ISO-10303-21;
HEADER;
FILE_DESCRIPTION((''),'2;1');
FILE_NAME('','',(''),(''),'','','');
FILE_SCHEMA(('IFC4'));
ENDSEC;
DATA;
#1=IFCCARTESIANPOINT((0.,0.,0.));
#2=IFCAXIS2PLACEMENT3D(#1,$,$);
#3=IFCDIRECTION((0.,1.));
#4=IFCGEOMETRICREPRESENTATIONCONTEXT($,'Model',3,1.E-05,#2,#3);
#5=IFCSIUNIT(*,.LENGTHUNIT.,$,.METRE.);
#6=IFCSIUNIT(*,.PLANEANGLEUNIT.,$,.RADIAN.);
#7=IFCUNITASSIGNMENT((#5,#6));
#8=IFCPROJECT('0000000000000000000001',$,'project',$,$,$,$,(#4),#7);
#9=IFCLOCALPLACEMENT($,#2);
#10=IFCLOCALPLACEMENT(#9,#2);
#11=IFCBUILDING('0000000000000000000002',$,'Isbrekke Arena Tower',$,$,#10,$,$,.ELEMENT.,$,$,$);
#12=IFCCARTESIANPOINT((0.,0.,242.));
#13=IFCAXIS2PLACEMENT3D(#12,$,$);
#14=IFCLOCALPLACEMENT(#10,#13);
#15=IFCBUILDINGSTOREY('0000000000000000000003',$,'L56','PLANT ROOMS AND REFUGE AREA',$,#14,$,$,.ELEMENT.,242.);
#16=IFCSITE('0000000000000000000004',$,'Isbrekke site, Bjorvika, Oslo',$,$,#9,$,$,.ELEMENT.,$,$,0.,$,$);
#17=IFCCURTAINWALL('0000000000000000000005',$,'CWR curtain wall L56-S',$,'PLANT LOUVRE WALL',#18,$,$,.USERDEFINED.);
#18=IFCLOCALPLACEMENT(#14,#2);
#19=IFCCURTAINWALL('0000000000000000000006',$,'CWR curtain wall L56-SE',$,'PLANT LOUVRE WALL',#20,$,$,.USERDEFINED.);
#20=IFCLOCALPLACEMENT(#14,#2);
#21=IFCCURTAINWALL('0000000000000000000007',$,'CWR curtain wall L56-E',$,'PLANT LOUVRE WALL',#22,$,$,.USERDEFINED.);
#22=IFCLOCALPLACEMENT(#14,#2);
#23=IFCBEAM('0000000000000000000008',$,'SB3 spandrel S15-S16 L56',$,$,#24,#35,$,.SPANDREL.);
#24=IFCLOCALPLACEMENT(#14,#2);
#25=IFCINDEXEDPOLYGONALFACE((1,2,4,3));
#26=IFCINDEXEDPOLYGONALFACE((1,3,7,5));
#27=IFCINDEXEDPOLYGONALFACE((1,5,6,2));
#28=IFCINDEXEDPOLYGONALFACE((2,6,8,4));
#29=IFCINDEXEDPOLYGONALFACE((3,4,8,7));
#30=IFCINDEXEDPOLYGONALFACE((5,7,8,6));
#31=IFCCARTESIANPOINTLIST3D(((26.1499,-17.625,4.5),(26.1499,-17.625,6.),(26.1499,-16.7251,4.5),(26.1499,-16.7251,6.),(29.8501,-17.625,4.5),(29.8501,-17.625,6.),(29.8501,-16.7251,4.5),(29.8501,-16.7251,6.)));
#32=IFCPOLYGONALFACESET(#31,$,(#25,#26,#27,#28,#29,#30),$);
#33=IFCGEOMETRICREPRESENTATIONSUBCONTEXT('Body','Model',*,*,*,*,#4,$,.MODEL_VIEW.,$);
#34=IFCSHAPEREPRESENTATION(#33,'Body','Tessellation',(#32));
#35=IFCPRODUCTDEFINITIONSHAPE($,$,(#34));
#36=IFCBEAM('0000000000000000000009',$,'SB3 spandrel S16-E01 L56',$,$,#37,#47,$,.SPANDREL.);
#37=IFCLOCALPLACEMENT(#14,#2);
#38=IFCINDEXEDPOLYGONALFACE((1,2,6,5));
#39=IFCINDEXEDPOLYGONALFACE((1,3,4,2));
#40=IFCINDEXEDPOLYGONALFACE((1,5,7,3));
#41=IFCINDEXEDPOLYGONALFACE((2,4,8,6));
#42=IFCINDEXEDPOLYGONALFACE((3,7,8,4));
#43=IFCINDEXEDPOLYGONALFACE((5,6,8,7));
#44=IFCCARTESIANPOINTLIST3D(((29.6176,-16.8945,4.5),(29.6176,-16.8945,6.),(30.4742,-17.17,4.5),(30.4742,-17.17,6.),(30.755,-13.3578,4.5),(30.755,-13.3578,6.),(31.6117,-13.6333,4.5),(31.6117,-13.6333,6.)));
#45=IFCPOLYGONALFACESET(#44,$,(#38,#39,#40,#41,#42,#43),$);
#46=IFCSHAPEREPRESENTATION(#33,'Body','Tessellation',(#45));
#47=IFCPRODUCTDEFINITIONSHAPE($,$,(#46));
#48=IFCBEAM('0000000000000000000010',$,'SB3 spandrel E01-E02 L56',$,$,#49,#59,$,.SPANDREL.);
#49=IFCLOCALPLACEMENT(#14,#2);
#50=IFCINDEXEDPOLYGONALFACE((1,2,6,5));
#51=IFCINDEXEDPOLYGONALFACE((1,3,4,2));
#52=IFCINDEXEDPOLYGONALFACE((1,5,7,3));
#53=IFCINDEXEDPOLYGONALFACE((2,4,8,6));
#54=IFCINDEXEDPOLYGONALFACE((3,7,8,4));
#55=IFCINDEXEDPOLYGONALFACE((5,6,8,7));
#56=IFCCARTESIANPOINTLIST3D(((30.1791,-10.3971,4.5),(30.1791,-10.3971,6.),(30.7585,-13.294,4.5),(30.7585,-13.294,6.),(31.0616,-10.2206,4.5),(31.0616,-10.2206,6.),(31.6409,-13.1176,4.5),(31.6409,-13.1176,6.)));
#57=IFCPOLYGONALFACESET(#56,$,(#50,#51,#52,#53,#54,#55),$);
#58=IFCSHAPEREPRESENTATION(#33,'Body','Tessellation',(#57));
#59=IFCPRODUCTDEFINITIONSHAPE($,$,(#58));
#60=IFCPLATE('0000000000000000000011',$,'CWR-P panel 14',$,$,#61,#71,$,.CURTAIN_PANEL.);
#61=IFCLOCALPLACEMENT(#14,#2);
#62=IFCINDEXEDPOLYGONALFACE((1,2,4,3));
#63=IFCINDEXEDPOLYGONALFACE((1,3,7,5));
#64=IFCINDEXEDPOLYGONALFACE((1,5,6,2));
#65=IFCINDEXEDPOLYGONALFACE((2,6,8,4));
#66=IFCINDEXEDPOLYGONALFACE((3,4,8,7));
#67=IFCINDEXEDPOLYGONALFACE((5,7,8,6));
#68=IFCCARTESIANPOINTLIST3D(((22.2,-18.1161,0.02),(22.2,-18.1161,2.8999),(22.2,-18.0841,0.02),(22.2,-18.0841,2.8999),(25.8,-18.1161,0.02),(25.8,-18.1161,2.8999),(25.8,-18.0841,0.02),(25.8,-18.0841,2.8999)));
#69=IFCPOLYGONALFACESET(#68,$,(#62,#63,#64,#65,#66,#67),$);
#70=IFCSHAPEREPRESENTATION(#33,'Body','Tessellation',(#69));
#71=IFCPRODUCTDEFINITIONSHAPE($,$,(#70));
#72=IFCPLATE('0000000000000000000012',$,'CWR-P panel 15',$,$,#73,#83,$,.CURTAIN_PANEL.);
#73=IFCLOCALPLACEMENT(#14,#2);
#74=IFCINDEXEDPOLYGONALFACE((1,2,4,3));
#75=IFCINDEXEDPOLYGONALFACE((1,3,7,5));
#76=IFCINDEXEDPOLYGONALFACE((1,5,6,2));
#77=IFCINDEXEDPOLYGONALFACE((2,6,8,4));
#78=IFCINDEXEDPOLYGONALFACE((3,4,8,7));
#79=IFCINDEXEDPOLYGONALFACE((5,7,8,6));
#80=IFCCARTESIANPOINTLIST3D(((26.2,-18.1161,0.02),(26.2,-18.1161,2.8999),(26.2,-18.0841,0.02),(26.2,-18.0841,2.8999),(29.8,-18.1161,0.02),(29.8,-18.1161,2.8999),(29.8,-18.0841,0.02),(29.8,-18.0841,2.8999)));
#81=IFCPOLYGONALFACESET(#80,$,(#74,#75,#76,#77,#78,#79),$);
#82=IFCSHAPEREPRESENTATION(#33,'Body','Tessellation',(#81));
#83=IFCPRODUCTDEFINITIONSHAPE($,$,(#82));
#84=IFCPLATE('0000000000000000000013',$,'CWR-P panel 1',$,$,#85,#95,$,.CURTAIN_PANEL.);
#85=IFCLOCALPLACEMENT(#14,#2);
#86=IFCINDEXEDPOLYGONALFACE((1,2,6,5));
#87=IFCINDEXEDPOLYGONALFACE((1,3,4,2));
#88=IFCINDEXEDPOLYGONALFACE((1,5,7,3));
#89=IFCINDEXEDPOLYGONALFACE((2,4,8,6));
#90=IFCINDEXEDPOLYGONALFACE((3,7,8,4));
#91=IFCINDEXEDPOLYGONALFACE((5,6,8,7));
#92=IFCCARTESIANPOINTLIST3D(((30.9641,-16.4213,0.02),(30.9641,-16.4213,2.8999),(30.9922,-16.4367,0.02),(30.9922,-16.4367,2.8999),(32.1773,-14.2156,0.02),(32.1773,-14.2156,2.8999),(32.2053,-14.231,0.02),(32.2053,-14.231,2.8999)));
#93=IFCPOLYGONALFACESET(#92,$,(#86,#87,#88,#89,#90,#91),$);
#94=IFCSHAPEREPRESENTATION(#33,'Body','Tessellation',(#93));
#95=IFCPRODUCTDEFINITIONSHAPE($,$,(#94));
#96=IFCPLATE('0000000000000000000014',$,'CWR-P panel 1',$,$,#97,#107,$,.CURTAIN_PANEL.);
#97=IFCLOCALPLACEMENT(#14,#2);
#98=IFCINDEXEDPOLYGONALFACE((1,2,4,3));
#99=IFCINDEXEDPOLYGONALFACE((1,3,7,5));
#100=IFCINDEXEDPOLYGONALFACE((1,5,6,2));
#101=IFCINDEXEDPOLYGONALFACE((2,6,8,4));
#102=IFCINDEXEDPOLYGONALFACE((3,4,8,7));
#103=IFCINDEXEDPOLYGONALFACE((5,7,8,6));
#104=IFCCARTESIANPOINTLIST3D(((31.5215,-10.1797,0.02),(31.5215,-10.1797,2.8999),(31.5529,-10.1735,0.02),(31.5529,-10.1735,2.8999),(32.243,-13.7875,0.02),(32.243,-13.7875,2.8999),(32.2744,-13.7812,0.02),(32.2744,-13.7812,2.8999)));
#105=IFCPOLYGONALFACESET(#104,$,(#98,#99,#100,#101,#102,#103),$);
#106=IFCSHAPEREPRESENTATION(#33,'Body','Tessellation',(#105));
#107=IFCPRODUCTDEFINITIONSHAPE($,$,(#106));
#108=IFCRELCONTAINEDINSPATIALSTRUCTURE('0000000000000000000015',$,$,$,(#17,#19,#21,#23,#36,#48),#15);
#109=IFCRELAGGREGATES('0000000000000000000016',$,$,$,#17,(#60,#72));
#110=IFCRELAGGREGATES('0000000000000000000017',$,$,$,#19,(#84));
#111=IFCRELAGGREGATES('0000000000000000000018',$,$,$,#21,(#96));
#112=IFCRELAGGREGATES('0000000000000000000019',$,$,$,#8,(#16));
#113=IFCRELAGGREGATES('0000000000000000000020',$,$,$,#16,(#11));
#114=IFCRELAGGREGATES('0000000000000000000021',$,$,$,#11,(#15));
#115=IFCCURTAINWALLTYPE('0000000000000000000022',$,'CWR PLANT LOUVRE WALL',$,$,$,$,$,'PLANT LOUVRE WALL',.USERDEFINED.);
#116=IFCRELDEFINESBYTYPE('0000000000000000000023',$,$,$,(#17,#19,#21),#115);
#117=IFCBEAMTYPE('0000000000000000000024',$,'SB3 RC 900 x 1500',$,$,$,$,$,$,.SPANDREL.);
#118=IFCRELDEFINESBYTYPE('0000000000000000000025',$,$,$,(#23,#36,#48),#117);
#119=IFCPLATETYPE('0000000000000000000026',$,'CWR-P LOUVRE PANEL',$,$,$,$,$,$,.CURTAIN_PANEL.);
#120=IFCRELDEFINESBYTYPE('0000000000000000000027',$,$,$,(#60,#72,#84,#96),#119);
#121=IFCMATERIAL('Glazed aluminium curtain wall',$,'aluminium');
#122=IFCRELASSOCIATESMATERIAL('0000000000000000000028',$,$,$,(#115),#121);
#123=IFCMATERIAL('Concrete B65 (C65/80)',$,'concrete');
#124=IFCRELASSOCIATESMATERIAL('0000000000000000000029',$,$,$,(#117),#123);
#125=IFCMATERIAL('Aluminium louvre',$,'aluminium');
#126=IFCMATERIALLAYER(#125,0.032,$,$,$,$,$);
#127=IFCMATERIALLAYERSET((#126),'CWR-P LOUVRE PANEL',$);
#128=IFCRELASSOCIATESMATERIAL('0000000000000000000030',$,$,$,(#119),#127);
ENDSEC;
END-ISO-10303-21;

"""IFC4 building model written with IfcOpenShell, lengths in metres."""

from ifc_helpers import new_model, si_unit, direction, frame, origin, origin_2d, place, context, subcontext, project, spatial, rectangle, extrude, material, layer, layer_set, material_profile, profile_set, type_object, element, aggregate, save


model = new_model("IFC4")

# Units and contexts
model_context = context("Model", 3, precision=1e-05, world=origin(), true_north=direction((0.0, 1.0)))
body_context = subcontext(model_context, "Body", "Model", "MODEL_VIEW")
ifc_project = project(units=[si_unit("LENGTHUNIT", "METRE"), si_unit("PLANEANGLEUNIT", "RADIAN")], contexts=[model_context])

# Site, building, storey
site_placement = place(None, origin())
site = spatial("IfcSite", under=ifc_project, at=site_placement, Name="Isbrekke site, Bjorvika, Oslo", CompositionType="ELEMENT", RefElevation=0.0)
building_placement = place(site_placement, origin())
building = spatial("IfcBuilding", under=site, at=building_placement, Name="Isbrekke Arena Tower", CompositionType="ELEMENT")
storey_placement = place(building_placement, frame((0.0, 0.0, 242.0)))
storey = spatial("IfcBuildingStorey", under=building, at=storey_placement, Name="L56", Description="PLANT ROOMS AND REFUGE AREA", CompositionType="ELEMENT", Elevation=242.0)

# Curtain walls
ifc_material_1 = material(Name="Glazed aluminium curtain wall", Category="aluminium")
curtain_wall_type = type_object("IfcCurtainWallType", Name="CWR PLANT LOUVRE WALL", ElementType="PLANT LOUVRE WALL", PredefinedType="USERDEFINED", material=ifc_material_1)
curtain_wall_1_placement = place(storey_placement, origin())
curtain_wall_1 = element("IfcCurtainWall", 1, at=curtain_wall_1_placement, inside=storey, type_object=curtain_wall_type, Name="CWR curtain wall L56-S", ObjectType="PLANT LOUVRE WALL", PredefinedType="USERDEFINED")
curtain_wall_2_placement = place(storey_placement, origin())
curtain_wall_2 = element("IfcCurtainWall", 2, at=curtain_wall_2_placement, inside=storey, type_object=curtain_wall_type, Name="CWR curtain wall L56-SE", ObjectType="PLANT LOUVRE WALL", PredefinedType="USERDEFINED")

# Curtain wall
curtain_wall_3_placement = place(storey_placement, origin())
curtain_wall_3 = element("IfcCurtainWall", 3, at=curtain_wall_3_placement, inside=storey, type_object=curtain_wall_type, Name="CWR curtain wall L56-E", ObjectType="PLANT LOUVRE WALL", PredefinedType="USERDEFINED")

# Beams
ifc_material_2 = material(Name="Concrete B65 (C65/80)", Category="concrete")
ifc_material_profile_1 = material_profile(ifc_material_2, rectangle(XDim=0.8999, YDim=1.5, at=origin_2d()), Name="RC 900x1500")
ifc_profile_set_1 = profile_set([ifc_material_profile_1], Name="Concrete B65 (C65/80)")
beam_type_1 = type_object("IfcBeamType", Name="SB3 RC 900 x 1500", PredefinedType="SPANDREL", material=ifc_profile_set_1)
for number, where, z_axis, x_axis, name in (
    (4, (26.1499, -17.175, 5.25), (1.0, 0.0, 0.0), (0.0, 1.0, 0.0), "SB3 spandrel S15-S16 L56"),
):
    element("IfcBeam", number, at=place(storey_placement, frame(where, z_axis=z_axis, x_axis=x_axis)), inside=storey, type_object=beam_type_1, Name=name, PredefinedType="SPANDREL", context=body_context, shape_type="SweptSolid", body=[
        extrude(rectangle(XDim=0.8999, YDim=1.5, at=origin_2d()), origin(), (0.0, 0.0, 1.0), 3.7002),
    ])
beam_1_placement = place(storey_placement, frame((30.0459, -17.0322, 5.25), z_axis=(0.306175, 0.951975, 0.0), x_axis=(-0.951975, 0.306175, 0.0)))
element("IfcBeam", 5, at=beam_1_placement, inside=storey, type_object=beam_type_1, Name="SB3 spandrel S16-E01 L56", PredefinedType="SPANDREL", context=body_context, shape_type="SweptSolid", body=[
    extrude(rectangle(XDim=0.8999, YDim=1.5, at=origin_2d()), origin(), (0.0, 0.0, 1.0), 3.7151),
])
beam_2_placement = place(storey_placement, frame((31.1997, -13.2058, 5.25), z_axis=(-0.1961, 0.980584, 0.0), x_axis=(-0.980584, -0.1961, 0.0)))
element("IfcBeam", 6, at=beam_2_placement, inside=storey, type_object=beam_type_1, Name="SB3 spandrel E01-E02 L56", PredefinedType="SPANDREL", context=body_context, shape_type="SweptSolid", body=[
    extrude(rectangle(XDim=0.8999, YDim=1.5, at=origin_2d()), origin(), (0.0, 0.0, 1.0), 2.9543),
])

# Plates
ifc_material_3 = material(Name="Aluminium louvre", Category="aluminium")
ifc_layer = layer(ifc_material_3, 0.032)
ifc_layer_set = layer_set([ifc_layer], Name="CWR-P LOUVRE PANEL")
plate_type = type_object("IfcPlateType", Name="CWR-P LOUVRE PANEL", PredefinedType="CURTAIN_PANEL", material=ifc_layer_set)
plate_1_placement = place(storey_placement, frame((24.0, -18.1001, 0.02), z_axis=(0.0, 0.0, 1.0), x_axis=(1.0, 0.0, 0.0)))
plate_1 = element("IfcPlate", 7, at=plate_1_placement, type_object=plate_type, Name="CWR-P panel 14", PredefinedType="CURTAIN_PANEL", context=body_context, shape_type="SweptSolid", body=[
    extrude(rectangle(XDim=3.6001, YDim=0.032, at=origin_2d()), origin(), (0.0, 0.0, 1.0), 2.8799),
])
plate_2_placement = place(storey_placement, frame((28.0, -18.1001, 0.02), z_axis=(0.0, 0.0, 1.0), x_axis=(1.0, 0.0, 0.0)))
plate_2 = element("IfcPlate", 8, at=plate_2_placement, type_object=plate_type, Name="CWR-P panel 15", PredefinedType="CURTAIN_PANEL", context=body_context, shape_type="SweptSolid", body=[
    extrude(rectangle(XDim=3.6001, YDim=0.032, at=origin_2d()), origin(), (0.0, 0.0, 1.0), 2.8799),
])
aggregate(curtain_wall_1, [plate_1, plate_2])
plate_3_placement = place(storey_placement, frame((31.5847, -15.3262, 0.02), z_axis=(0.0, 0.0, 1.0), x_axis=(0.481919, 0.876216, 0.0)))
plate_3 = element("IfcPlate", 9, at=plate_3_placement, type_object=plate_type, Name="CWR-P panel 1", PredefinedType="CURTAIN_PANEL", context=body_context, shape_type="SweptSolid", body=[
    extrude(rectangle(XDim=2.5173, YDim=0.032, at=origin_2d()), origin(), (0.0, 0.0, 1.0), 2.8799),
])
aggregate(curtain_wall_2, [plate_3])
plate_4_placement = place(storey_placement, frame((31.8979, -11.9805, 0.02), z_axis=(0.0, 0.0, 1.0), x_axis=(-0.196116, 0.980581, 0.0)))
plate_4 = element("IfcPlate", 10, at=plate_4_placement, type_object=plate_type, Name="CWR-P panel 1", PredefinedType="CURTAIN_PANEL", context=body_context, shape_type="SweptSolid", body=[
    extrude(rectangle(XDim=3.6792, YDim=0.032, at=origin_2d()), origin(), (0.0, 0.0, 1.0), 2.8799),
])
aggregate(curtain_wall_3, [plate_4])

save(model, "model.ifc")
